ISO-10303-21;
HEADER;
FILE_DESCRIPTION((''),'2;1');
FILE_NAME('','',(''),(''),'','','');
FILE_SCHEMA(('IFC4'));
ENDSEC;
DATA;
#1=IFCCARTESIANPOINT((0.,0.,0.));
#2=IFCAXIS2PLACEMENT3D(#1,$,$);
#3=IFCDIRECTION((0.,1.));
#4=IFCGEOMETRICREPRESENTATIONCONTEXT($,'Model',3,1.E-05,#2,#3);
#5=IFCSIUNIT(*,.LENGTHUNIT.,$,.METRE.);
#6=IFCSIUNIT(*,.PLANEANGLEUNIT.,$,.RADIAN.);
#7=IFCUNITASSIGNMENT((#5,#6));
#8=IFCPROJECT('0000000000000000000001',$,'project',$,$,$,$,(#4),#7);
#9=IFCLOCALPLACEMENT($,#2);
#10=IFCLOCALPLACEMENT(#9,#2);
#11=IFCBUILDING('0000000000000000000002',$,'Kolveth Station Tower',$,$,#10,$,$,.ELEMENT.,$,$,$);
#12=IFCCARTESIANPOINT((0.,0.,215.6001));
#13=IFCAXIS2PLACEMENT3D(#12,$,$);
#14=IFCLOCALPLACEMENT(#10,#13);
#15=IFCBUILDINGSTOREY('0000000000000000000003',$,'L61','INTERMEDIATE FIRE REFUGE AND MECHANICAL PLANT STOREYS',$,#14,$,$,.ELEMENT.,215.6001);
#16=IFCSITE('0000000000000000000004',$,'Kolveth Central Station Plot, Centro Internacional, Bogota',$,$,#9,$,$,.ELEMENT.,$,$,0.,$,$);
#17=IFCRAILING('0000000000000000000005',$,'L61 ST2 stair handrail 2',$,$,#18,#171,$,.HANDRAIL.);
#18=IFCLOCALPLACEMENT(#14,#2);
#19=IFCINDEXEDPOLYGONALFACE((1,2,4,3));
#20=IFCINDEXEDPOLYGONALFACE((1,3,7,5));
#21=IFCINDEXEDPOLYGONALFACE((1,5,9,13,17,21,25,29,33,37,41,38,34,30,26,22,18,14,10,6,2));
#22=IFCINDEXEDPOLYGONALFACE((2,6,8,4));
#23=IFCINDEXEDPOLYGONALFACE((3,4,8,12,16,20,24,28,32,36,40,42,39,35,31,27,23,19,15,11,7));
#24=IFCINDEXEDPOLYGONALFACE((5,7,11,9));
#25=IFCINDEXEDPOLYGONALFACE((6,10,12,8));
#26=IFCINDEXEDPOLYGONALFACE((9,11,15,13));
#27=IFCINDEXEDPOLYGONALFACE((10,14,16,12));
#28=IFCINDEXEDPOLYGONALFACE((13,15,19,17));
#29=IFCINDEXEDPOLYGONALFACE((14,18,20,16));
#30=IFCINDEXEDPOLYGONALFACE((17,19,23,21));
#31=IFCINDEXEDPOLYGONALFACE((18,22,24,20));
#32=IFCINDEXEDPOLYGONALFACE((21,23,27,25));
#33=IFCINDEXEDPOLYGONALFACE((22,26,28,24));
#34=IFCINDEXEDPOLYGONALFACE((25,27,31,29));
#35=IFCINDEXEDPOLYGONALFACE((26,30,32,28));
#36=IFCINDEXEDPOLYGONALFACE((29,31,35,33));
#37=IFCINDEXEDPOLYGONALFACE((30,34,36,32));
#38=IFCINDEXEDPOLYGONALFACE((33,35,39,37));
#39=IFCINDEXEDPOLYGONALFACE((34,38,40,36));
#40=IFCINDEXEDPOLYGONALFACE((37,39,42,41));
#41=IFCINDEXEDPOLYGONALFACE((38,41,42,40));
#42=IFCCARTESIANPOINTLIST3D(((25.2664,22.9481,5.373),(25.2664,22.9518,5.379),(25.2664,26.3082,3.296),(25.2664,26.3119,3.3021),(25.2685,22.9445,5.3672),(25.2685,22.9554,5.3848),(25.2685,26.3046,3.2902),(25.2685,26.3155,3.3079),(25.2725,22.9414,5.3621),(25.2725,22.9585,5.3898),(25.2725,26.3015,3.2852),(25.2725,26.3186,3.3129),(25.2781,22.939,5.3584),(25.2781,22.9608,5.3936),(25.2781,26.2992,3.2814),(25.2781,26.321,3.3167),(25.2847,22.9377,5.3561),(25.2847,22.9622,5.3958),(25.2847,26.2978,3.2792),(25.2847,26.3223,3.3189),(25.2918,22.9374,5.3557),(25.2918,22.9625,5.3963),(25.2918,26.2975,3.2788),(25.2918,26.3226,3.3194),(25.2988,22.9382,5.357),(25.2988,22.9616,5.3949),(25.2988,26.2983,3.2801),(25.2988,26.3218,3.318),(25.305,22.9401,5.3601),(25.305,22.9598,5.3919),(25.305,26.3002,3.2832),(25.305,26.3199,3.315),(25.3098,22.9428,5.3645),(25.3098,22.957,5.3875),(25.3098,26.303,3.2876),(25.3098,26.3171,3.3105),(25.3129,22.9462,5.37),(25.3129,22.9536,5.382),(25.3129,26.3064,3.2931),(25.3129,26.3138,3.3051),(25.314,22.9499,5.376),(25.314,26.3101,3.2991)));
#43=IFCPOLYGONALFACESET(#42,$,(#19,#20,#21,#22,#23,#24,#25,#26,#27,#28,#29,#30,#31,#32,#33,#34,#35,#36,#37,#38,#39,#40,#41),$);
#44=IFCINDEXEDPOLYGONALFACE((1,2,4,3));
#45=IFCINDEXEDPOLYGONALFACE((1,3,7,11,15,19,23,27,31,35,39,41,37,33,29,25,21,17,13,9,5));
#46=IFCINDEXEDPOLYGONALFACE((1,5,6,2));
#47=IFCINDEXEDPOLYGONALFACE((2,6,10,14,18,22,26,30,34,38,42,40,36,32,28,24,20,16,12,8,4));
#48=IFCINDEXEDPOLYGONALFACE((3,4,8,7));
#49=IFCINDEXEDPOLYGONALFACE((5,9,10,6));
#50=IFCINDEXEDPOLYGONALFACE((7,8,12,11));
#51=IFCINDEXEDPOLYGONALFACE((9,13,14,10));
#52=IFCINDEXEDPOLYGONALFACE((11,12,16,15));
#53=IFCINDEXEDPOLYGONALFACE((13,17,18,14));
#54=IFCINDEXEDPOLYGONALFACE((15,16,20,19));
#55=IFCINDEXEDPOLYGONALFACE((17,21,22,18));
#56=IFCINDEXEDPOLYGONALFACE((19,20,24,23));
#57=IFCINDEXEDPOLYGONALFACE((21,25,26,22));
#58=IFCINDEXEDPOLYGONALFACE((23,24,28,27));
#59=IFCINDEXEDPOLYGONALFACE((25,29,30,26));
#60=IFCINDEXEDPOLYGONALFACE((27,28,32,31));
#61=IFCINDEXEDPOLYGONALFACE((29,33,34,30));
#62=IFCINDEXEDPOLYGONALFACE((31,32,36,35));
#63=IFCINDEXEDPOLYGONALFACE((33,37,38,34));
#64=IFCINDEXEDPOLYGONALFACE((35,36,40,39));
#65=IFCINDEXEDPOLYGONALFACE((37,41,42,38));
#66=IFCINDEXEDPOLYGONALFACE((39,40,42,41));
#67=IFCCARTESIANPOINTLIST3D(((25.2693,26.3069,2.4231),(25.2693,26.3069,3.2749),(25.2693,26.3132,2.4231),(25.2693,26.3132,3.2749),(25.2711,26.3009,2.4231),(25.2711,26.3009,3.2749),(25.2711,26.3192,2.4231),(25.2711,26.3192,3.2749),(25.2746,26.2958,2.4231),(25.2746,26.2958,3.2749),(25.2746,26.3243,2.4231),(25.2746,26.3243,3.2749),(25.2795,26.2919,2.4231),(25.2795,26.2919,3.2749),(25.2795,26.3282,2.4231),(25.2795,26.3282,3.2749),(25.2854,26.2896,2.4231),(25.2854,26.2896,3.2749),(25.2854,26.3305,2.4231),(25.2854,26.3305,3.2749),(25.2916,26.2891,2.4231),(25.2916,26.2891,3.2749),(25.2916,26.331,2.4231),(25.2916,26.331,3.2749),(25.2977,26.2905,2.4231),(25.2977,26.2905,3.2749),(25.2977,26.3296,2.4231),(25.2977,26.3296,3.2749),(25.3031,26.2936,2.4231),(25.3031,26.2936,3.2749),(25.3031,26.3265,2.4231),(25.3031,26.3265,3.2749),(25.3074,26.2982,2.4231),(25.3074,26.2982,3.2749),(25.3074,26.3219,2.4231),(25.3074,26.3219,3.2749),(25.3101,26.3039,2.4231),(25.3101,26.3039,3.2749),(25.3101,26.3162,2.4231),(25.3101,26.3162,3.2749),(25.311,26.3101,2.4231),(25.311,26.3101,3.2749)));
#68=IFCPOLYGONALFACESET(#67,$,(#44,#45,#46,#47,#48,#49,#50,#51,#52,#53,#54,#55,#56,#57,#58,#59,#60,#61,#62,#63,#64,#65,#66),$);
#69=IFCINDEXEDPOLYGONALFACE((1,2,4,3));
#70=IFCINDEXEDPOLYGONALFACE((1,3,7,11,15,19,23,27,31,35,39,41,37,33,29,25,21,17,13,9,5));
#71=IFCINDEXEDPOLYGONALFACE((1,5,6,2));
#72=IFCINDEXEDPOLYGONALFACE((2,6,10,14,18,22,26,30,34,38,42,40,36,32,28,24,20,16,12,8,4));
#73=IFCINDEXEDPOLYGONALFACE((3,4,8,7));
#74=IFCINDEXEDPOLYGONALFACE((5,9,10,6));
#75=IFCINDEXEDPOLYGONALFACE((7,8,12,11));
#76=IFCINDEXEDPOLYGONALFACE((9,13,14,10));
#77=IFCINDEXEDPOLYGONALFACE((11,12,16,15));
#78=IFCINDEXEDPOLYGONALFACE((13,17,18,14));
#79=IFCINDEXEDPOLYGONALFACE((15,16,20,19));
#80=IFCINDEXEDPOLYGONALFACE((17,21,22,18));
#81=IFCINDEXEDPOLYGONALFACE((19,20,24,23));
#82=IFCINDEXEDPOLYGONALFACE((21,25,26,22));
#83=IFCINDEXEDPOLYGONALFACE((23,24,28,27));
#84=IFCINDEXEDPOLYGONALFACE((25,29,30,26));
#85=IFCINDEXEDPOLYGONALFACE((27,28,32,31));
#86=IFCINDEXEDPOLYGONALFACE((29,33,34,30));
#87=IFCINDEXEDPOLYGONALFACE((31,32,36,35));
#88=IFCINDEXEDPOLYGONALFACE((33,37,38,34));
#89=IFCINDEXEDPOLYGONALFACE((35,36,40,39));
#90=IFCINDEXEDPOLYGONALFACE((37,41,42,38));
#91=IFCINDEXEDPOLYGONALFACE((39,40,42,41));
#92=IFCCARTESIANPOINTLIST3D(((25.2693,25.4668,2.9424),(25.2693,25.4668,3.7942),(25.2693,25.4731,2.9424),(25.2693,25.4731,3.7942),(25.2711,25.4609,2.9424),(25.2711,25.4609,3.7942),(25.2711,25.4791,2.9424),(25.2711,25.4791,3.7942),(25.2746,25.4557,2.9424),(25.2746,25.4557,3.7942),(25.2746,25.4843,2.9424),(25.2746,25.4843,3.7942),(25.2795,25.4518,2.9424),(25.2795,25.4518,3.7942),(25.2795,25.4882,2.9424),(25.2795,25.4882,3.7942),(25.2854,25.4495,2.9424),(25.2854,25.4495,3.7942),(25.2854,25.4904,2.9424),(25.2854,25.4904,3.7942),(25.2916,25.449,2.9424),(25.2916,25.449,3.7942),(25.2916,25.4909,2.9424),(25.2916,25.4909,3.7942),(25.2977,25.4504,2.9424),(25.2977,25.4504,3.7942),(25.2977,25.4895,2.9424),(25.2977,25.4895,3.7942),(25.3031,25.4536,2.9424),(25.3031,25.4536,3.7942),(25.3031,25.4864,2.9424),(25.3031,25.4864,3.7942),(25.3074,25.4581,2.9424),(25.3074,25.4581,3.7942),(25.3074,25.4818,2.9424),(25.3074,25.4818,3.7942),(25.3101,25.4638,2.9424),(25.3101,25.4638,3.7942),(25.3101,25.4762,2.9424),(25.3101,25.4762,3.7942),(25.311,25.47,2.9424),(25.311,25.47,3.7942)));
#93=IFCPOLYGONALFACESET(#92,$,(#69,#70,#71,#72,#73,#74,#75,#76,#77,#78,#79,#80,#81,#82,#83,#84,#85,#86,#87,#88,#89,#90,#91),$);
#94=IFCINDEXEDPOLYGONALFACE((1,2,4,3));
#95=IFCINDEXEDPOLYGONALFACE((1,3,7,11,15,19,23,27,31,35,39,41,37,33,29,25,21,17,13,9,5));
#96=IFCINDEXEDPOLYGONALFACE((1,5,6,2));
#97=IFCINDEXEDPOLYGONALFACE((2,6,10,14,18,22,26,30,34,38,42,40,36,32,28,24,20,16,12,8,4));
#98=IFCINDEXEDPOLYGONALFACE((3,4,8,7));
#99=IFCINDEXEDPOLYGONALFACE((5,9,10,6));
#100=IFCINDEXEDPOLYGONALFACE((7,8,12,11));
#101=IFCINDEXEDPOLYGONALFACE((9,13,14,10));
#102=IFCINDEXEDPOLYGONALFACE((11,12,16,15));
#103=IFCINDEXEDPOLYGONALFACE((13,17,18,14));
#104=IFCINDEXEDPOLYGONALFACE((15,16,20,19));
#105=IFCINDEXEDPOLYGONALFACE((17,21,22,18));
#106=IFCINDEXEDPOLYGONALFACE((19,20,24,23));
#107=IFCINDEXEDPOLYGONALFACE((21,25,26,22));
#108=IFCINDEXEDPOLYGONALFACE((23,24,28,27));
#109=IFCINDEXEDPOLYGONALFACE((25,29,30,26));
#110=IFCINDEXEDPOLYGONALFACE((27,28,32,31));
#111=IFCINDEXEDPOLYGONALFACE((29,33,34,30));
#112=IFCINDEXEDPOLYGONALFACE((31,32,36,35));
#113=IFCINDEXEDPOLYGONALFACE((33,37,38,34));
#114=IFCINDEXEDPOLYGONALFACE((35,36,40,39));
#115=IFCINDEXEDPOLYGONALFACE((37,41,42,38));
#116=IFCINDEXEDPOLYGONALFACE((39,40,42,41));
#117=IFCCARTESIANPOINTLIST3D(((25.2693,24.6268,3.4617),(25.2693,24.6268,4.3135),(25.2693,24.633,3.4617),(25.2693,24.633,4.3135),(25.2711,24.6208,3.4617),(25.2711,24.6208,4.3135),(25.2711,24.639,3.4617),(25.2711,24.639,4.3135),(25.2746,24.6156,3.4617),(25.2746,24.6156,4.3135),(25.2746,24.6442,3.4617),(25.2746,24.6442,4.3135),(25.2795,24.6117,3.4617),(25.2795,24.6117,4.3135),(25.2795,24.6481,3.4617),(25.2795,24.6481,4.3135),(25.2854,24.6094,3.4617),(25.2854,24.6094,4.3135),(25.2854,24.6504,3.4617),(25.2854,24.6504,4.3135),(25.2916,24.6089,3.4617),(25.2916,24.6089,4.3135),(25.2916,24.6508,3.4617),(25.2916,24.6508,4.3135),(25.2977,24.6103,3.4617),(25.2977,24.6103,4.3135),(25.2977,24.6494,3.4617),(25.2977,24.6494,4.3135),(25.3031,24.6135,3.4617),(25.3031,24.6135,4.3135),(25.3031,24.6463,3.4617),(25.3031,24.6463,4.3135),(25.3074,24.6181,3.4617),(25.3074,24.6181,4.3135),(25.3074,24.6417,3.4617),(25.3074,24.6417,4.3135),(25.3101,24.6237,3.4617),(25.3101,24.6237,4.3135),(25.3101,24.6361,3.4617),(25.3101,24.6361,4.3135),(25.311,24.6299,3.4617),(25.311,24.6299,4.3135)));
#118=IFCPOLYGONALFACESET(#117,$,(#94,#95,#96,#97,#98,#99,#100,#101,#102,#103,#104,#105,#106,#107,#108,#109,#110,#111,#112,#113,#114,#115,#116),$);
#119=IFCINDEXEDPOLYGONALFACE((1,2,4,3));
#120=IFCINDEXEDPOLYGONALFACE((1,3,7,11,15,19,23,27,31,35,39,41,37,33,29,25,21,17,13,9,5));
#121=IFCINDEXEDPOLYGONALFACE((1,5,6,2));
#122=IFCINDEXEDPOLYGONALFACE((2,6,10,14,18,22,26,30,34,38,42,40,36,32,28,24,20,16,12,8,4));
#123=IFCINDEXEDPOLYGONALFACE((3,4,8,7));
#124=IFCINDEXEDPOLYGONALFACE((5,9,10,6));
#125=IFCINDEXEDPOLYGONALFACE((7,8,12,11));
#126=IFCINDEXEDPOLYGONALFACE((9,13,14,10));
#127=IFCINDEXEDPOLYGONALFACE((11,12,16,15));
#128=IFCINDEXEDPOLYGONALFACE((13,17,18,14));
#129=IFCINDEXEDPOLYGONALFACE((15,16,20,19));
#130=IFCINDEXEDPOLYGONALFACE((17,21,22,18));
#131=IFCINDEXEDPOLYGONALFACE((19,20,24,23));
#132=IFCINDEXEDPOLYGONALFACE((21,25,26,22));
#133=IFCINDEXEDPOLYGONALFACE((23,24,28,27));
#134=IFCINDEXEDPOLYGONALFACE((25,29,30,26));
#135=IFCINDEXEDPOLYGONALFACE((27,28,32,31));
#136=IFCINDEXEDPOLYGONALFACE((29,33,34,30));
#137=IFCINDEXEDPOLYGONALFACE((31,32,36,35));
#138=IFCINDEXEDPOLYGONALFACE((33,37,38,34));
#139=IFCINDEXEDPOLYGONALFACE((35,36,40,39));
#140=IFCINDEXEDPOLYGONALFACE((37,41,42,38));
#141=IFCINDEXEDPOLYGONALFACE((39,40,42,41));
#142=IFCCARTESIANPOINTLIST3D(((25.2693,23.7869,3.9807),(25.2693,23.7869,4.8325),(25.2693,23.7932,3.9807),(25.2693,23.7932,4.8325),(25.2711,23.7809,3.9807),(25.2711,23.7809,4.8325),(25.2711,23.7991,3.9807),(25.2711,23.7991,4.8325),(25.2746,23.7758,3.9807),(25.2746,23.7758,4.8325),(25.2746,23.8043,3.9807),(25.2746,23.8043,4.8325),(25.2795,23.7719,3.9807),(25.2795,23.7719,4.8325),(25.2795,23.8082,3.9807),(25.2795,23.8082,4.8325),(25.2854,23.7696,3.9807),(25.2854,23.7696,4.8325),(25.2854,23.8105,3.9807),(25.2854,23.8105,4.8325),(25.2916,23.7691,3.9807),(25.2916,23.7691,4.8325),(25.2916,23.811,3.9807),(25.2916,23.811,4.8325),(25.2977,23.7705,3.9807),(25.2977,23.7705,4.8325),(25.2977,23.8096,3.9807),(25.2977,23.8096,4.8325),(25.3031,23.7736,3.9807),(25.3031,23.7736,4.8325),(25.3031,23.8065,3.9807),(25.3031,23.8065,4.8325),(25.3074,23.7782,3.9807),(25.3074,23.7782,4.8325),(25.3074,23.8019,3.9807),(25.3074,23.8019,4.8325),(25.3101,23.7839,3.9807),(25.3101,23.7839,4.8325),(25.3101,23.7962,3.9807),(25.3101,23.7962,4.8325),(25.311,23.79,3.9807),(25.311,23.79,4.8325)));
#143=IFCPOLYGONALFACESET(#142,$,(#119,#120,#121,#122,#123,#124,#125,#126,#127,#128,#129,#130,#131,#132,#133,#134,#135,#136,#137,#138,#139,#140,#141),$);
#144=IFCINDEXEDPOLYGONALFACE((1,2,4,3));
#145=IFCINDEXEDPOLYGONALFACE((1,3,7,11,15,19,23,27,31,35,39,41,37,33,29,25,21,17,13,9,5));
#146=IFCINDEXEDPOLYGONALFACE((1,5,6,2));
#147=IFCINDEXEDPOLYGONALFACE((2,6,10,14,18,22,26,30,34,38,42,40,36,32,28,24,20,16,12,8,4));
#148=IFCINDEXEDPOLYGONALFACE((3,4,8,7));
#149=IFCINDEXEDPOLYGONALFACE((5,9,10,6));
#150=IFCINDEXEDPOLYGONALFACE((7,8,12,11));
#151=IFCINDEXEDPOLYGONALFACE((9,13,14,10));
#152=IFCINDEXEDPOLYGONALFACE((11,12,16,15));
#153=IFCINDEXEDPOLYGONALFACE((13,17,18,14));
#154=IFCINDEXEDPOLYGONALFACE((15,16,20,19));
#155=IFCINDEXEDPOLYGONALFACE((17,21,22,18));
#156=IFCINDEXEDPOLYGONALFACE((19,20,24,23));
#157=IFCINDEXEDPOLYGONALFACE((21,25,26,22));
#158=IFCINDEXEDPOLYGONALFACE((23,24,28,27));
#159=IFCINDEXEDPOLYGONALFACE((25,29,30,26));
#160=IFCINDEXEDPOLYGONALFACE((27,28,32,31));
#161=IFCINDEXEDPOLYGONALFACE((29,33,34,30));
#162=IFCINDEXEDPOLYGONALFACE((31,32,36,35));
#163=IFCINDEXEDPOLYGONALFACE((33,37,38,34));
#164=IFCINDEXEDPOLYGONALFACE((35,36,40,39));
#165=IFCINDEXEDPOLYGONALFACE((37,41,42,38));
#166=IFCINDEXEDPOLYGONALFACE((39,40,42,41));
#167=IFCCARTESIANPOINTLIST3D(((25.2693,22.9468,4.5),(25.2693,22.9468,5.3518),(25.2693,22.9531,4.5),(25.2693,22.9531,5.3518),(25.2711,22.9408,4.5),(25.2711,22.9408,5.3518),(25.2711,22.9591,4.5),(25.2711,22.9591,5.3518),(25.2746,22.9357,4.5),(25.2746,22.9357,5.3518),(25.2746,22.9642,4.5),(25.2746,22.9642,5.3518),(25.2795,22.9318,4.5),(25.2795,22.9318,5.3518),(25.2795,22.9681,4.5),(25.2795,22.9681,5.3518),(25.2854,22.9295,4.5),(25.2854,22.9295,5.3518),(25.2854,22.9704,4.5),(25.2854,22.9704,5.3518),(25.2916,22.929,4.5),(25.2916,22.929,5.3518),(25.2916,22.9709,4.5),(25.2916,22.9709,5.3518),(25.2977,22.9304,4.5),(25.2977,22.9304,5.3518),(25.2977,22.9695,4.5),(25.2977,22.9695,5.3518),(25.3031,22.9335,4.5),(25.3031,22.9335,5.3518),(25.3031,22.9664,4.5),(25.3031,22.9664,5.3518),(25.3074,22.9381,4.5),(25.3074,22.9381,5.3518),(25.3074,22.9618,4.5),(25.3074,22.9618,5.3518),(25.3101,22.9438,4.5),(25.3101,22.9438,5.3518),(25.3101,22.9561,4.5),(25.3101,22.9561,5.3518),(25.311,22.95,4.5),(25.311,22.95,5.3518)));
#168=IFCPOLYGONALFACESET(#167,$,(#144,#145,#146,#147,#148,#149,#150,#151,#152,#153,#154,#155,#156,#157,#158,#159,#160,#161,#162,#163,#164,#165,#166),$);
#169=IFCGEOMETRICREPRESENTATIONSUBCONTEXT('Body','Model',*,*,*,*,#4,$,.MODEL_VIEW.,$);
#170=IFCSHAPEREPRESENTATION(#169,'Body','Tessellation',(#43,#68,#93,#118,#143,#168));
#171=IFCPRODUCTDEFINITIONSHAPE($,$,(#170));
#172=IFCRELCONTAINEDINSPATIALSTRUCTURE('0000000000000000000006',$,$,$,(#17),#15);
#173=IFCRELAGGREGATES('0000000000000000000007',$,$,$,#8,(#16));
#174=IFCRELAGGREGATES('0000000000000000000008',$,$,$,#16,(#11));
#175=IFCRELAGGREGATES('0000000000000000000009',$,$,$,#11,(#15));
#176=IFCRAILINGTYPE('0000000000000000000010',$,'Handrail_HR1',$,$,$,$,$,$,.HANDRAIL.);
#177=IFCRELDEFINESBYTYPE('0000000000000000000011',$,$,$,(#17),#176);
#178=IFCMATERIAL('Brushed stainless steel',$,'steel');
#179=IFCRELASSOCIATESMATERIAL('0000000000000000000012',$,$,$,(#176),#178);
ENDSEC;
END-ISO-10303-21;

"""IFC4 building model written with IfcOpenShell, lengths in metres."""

from ifc_helpers import new_model, si_unit, direction, frame, origin, origin_2d, place, context, subcontext, project, spatial, circle, extrude, material, type_object, element, save


model = new_model("IFC4")

# Units and contexts
model_context = context("Model", 3, precision=1e-05, world=origin(), true_north=direction((0.0, 1.0)))
body_context = subcontext(model_context, "Body", "Model", "MODEL_VIEW")
ifc_project = project(units=[si_unit("LENGTHUNIT", "METRE"), si_unit("PLANEANGLEUNIT", "RADIAN")], contexts=[model_context])

# Site, building, storey
site_placement = place(None, origin())
site = spatial("IfcSite", under=ifc_project, at=site_placement, Name="Kolveth Central Station Plot, Centro Internacional, Bogota", CompositionType="ELEMENT", RefElevation=0.0)
building_placement = place(site_placement, origin())
building = spatial("IfcBuilding", under=site, at=building_placement, Name="Kolveth Station Tower", CompositionType="ELEMENT")
storey_placement = place(building_placement, frame((0.0, 0.0, 215.6001)))
storey = spatial("IfcBuildingStorey", under=building, at=storey_placement, Name="L61", Description="INTERMEDIATE FIRE REFUGE AND MECHANICAL PLANT STOREYS", CompositionType="ELEMENT", Elevation=215.6001)

# Railing
ifc_material_1 = material(Name="Brushed stainless steel", Category="steel")
railing_type_1 = type_object("IfcRailingType", Name="Handrail_HR1", PredefinedType="HANDRAIL", material=ifc_material_1)
railing_1_placement = place(storey_placement, frame((25.29, 26.3101, 2.4231)))
element("IfcRailing", 1, at=railing_1_placement, inside=storey, type_object=railing_type_1, Name="L61 ST2 stair handrail 2", PredefinedType="HANDRAIL", context=body_context, shape_type="SweptSolid", body=[
    extrude(circle(Radius=0.0239, at=origin_2d()), frame((0.0, 0.0, 0.876), z_axis=(0.0, -0.850623, 0.525776), x_axis=(1.0, 0.0, 0.0)), (0.0, 0.0, 1.0), 3.9502),
    extrude(circle(Radius=0.021, at=origin_2d()), origin(), (0.0, 0.0, 1.0), 0.8518),
    extrude(circle(Radius=0.021, at=origin_2d()), frame((0.0, -0.8401, 0.5193)), (0.0, 0.0, 1.0), 0.8518),
    extrude(circle(Radius=0.021, at=origin_2d()), frame((0.0, -1.6802, 1.0386)), (0.0, 0.0, 1.0), 0.8518),
    extrude(circle(Radius=0.021, at=origin_2d()), frame((0.0, -2.52, 1.5576)), (0.0, 0.0, 1.0), 0.8518),
    extrude(circle(Radius=0.021, at=origin_2d()), frame((0.0, -3.3601, 2.0769)), (0.0, 0.0, 1.0), 0.8518),
])

save(model, "model.ifc")
